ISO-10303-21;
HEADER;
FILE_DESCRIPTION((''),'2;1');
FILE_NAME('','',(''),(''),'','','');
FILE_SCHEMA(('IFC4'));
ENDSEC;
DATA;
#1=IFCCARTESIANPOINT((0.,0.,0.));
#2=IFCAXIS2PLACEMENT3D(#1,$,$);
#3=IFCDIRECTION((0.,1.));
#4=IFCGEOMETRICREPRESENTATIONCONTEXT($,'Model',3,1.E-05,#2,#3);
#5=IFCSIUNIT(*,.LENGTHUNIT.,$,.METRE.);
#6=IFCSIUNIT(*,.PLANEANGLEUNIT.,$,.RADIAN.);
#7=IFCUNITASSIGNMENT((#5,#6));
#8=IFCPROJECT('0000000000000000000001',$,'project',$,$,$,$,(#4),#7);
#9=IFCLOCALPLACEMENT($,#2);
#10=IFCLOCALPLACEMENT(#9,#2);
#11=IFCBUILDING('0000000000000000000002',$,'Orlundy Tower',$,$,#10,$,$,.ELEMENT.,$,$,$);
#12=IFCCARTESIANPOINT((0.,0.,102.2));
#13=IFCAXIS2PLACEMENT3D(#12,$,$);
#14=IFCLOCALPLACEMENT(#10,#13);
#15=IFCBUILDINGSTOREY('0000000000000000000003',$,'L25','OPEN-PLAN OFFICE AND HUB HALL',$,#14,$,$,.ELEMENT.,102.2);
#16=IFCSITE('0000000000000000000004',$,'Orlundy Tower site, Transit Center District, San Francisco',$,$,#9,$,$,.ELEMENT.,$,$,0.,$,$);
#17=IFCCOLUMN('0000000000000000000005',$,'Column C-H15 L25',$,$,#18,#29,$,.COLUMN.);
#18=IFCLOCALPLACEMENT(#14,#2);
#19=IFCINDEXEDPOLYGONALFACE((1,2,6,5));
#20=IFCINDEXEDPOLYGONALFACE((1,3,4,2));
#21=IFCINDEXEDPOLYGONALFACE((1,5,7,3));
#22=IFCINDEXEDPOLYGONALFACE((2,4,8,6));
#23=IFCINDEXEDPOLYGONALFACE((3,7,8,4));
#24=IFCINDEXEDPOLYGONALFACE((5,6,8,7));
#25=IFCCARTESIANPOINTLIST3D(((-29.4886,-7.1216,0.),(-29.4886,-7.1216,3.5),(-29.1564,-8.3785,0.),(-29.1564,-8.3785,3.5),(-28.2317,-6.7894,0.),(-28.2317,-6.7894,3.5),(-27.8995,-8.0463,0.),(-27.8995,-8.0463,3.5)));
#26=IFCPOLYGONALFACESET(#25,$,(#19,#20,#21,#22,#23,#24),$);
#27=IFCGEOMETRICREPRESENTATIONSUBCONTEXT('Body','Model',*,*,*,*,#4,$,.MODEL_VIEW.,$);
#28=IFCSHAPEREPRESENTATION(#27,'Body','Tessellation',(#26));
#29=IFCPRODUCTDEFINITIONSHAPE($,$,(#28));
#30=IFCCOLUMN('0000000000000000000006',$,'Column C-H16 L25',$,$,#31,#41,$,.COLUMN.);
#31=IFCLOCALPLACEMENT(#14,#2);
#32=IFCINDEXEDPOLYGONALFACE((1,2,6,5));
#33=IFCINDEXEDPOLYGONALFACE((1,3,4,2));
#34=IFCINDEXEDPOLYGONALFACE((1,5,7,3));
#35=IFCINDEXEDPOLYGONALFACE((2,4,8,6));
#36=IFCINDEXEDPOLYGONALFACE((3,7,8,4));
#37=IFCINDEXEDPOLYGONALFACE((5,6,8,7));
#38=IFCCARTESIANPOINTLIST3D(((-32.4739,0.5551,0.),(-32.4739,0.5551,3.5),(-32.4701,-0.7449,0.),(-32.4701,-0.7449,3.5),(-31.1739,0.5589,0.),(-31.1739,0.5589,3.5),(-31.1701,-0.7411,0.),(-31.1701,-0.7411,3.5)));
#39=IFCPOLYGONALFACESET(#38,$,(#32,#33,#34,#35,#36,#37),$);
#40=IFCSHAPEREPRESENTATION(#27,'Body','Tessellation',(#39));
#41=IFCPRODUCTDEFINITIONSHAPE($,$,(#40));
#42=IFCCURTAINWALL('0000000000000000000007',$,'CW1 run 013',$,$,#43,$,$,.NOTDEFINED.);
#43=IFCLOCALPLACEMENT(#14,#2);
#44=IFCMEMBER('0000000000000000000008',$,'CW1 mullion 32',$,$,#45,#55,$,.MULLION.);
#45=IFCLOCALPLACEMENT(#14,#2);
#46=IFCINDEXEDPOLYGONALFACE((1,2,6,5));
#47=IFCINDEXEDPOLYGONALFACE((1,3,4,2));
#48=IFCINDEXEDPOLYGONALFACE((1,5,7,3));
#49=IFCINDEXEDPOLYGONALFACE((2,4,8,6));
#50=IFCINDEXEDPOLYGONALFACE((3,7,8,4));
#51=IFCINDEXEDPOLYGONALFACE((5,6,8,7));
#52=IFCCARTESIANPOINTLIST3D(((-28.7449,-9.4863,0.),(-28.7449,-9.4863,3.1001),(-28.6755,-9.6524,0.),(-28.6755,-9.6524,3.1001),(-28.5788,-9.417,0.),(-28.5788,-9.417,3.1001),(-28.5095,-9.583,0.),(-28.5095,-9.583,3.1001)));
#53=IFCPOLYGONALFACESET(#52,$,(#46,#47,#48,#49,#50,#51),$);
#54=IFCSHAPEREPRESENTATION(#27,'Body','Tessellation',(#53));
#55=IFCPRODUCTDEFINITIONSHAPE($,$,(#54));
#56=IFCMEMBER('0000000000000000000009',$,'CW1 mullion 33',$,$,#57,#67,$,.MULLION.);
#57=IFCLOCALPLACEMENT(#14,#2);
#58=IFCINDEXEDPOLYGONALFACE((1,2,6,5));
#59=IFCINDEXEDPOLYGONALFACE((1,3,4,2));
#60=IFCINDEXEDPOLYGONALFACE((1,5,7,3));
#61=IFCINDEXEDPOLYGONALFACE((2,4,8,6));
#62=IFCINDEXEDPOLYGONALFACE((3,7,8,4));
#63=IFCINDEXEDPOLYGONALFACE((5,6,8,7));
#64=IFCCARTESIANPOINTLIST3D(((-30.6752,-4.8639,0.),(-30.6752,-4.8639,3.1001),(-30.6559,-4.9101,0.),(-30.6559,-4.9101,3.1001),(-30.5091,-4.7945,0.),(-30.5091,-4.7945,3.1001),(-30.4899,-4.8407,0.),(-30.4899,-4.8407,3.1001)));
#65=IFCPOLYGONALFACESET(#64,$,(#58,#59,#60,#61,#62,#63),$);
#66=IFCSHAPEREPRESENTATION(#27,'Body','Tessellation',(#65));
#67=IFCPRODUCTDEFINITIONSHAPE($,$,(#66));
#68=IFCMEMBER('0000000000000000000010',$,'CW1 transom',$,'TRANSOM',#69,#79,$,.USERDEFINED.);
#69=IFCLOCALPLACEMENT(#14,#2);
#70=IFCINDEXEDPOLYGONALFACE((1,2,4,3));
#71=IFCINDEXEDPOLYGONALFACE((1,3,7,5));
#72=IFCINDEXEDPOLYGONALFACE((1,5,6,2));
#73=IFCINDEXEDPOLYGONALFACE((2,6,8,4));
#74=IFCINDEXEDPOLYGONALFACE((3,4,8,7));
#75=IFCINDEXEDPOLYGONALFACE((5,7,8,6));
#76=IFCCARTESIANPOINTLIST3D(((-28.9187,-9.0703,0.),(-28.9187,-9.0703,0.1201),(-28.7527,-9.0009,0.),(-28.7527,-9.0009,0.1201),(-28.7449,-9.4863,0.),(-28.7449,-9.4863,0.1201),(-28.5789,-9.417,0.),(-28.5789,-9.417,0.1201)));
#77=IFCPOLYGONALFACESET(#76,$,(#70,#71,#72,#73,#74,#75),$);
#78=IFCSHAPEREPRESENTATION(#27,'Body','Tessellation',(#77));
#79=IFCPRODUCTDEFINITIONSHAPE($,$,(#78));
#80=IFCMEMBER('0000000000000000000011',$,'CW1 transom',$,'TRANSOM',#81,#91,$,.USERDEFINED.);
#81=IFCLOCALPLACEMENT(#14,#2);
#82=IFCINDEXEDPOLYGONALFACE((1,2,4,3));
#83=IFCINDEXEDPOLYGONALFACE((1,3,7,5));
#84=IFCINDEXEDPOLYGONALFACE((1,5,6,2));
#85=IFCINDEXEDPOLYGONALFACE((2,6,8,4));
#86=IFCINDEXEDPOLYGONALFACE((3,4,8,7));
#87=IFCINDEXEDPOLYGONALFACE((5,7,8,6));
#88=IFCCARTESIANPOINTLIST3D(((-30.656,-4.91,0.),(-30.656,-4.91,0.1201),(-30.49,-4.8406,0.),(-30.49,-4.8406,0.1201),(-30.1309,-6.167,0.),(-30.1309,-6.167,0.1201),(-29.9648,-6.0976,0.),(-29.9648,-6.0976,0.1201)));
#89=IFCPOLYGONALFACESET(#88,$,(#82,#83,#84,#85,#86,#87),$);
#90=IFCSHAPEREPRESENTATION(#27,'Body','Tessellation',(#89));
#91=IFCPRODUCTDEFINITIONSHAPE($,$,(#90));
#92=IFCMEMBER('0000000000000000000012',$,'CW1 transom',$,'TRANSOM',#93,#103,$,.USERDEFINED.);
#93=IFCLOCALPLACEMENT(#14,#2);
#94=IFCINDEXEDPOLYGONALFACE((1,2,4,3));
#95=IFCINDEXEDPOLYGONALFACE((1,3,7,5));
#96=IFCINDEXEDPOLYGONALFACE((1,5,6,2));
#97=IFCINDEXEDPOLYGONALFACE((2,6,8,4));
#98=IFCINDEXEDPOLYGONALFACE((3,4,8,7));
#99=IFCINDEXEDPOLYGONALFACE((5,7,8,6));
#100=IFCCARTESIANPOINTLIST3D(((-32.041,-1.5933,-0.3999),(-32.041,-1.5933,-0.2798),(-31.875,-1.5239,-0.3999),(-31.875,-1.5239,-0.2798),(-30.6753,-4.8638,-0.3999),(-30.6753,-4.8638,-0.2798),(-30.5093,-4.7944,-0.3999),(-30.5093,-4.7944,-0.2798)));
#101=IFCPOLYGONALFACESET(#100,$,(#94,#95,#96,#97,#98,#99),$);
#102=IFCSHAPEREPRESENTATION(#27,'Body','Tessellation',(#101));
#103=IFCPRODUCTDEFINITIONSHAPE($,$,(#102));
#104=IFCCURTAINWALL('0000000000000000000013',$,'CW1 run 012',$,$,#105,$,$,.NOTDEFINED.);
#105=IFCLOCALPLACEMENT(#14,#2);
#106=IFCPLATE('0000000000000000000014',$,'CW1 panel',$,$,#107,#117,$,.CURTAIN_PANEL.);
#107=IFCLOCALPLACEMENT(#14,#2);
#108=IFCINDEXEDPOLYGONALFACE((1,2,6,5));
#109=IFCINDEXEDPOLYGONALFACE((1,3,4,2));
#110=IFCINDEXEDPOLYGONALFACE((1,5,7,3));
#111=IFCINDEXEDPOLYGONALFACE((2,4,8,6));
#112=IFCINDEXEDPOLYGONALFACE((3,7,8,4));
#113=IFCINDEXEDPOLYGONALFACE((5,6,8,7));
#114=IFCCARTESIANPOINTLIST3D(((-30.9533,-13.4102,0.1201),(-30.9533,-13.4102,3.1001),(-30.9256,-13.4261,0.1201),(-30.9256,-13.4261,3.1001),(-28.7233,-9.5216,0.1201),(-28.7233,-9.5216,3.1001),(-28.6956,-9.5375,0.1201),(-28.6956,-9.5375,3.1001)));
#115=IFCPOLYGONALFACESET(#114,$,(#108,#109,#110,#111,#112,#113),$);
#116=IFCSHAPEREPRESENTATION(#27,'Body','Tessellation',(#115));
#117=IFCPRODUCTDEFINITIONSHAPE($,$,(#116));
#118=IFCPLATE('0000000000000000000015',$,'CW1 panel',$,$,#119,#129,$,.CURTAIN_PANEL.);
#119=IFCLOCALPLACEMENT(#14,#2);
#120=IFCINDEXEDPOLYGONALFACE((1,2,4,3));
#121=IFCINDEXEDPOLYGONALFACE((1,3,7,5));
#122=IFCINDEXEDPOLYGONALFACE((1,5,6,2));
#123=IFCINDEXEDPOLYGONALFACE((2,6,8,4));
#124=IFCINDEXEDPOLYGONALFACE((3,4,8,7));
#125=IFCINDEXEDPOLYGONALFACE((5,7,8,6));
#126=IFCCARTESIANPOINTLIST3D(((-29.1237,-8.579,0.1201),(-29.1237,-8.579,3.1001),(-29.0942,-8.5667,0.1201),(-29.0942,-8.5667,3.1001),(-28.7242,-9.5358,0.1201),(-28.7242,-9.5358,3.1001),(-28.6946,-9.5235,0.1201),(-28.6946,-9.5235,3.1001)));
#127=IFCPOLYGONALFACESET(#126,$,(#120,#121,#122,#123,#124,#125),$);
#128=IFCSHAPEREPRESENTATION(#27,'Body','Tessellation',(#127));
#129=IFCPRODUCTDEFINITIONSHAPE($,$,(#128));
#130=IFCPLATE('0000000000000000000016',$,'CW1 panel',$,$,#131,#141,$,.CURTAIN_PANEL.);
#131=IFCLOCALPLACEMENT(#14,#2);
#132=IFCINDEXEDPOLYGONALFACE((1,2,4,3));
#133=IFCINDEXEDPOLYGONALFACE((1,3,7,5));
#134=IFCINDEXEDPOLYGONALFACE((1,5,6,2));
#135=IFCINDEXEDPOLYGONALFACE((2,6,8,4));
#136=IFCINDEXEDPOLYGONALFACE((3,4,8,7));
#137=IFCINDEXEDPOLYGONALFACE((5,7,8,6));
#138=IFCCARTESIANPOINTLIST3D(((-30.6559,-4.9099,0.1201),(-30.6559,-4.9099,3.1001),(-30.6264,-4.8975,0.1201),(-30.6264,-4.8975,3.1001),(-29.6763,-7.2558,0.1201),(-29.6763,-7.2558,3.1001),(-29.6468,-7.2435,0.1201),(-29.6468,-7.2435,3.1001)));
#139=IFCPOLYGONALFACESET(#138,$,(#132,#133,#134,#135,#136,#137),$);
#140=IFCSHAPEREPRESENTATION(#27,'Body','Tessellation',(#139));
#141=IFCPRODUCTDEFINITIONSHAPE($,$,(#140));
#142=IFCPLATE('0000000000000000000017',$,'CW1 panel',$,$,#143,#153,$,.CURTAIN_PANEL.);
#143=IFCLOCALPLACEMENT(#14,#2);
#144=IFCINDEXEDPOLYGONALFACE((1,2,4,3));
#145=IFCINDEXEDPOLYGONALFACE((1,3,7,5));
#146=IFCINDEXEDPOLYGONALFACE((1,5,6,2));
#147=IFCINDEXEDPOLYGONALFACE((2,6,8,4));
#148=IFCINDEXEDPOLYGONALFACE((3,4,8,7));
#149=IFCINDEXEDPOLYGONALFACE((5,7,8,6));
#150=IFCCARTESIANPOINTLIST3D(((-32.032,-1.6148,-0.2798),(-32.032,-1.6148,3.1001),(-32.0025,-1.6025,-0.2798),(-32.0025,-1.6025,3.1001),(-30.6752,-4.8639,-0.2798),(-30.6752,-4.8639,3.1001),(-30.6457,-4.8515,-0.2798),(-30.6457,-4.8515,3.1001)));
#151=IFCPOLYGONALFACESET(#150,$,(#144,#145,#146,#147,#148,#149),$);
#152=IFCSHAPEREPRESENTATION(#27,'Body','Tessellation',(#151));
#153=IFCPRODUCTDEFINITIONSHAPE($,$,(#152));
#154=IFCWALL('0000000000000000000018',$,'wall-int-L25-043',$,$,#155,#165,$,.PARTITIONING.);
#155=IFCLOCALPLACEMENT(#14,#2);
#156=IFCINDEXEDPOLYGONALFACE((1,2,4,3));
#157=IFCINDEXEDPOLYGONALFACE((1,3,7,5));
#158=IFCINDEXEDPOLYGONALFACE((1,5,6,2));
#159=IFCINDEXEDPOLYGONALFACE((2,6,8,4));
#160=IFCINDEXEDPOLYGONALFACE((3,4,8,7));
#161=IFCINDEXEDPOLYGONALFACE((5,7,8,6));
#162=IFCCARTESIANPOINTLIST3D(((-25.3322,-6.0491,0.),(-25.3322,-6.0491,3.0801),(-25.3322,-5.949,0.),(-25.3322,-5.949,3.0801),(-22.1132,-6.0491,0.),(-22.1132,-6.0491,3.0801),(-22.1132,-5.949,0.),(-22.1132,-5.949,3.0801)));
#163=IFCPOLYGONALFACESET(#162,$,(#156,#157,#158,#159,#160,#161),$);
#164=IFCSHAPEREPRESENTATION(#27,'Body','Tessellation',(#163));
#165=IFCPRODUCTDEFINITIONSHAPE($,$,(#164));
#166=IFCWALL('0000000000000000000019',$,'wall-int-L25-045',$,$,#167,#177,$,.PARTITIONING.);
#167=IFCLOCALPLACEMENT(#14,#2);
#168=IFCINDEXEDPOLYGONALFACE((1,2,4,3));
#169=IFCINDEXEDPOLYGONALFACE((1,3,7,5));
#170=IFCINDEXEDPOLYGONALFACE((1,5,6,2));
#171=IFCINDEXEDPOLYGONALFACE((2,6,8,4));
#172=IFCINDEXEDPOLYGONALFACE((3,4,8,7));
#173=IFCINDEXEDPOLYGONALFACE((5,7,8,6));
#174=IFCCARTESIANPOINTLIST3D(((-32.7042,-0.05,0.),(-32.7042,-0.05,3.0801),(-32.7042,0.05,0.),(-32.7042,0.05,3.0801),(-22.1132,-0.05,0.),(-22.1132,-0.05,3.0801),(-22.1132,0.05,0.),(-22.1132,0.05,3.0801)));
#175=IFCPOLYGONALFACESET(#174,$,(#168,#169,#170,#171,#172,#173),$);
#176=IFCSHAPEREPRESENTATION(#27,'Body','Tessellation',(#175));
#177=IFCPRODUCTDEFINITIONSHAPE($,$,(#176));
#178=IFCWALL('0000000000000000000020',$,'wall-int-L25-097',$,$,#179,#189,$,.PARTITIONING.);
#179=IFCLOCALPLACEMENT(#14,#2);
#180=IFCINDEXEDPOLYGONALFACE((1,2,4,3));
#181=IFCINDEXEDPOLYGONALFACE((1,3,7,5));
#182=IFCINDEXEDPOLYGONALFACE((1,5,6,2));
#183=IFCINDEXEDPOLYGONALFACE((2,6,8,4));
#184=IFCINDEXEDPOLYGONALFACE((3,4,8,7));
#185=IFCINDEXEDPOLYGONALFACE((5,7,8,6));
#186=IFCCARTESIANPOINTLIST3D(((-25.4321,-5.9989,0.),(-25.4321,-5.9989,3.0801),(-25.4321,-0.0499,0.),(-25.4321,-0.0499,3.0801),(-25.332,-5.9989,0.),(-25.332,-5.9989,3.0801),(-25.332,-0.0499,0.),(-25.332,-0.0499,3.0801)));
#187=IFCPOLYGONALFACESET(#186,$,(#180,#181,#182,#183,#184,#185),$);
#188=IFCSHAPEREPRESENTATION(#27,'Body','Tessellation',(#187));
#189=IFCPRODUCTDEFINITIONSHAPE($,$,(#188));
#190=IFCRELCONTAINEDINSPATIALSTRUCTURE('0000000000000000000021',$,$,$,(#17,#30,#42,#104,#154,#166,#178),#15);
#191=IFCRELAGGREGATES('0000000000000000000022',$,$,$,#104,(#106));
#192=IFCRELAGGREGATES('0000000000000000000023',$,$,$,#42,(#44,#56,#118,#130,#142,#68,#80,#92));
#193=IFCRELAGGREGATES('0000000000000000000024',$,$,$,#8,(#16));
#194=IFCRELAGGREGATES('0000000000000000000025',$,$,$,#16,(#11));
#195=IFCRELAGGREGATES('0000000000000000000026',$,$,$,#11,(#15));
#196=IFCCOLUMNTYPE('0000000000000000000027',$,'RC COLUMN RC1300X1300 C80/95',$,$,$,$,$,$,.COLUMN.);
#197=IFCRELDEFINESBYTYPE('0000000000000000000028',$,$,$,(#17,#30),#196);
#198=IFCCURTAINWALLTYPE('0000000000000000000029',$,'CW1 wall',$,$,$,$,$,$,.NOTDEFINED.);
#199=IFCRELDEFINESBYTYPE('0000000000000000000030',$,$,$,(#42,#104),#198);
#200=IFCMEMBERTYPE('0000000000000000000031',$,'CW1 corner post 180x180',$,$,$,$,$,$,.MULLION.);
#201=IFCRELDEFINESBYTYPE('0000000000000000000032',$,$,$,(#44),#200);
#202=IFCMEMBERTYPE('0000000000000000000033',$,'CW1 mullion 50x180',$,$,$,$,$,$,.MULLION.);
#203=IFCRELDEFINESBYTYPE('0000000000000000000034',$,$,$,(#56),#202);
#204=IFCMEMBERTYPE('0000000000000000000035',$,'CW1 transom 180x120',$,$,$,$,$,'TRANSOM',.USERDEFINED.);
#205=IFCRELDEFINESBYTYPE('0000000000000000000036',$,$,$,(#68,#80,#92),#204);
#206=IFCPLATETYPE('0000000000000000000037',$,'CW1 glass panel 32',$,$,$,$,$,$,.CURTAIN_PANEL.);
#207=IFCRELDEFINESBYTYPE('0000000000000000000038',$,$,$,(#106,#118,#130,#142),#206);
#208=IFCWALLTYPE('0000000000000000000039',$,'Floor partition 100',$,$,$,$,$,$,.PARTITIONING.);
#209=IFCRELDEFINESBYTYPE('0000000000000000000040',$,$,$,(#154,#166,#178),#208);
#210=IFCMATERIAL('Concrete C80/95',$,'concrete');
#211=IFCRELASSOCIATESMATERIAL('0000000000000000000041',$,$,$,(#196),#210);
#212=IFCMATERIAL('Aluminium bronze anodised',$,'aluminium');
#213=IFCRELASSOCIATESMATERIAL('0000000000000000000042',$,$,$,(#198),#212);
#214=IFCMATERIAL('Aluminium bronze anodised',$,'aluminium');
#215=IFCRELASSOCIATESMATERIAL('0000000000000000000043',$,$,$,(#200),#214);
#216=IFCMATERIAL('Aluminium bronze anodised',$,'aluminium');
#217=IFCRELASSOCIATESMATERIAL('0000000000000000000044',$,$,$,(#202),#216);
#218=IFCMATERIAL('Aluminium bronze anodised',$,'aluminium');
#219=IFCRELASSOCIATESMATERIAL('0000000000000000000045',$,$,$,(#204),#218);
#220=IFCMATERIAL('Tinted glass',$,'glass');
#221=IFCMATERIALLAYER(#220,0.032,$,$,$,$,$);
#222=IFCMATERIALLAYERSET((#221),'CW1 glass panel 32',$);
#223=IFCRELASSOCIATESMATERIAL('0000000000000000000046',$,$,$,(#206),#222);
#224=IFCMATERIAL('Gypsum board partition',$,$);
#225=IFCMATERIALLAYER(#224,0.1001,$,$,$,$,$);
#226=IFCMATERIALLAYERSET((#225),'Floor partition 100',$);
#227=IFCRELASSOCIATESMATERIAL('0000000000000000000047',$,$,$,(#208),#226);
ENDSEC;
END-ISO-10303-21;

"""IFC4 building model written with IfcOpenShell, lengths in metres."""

from ifc_helpers import new_model, si_unit, direction, frame, frame_2d, origin, origin_2d, place, context, subcontext, project, spatial, rectangle, extrude, material, layer, layer_set, material_profile, profile_set, type_object, element, aggregate, save


model = new_model("IFC4")

# Units and contexts
model_context = context("Model", 3, precision=1e-05, world=origin(), true_north=direction((0.0, 1.0)))
body_context = subcontext(model_context, "Body", "Model", "MODEL_VIEW")
ifc_project = project(units=[si_unit("LENGTHUNIT", "METRE"), si_unit("PLANEANGLEUNIT", "RADIAN")], contexts=[model_context])

# Site, building, storey
site_placement = place(None, origin())
site = spatial("IfcSite", under=ifc_project, at=site_placement, Name="Orlundy Tower site, Transit Center District, San Francisco", CompositionType="ELEMENT", RefElevation=0.0)
building_placement = place(site_placement, origin())
building = spatial("IfcBuilding", under=site, at=building_placement, Name="Orlundy Tower", CompositionType="ELEMENT")
storey_placement = place(building_placement, frame((0.0, 0.0, 102.2)))
storey = spatial("IfcBuildingStorey", under=building, at=storey_placement, Name="L25", Description="OPEN-PLAN OFFICE AND HUB HALL", CompositionType="ELEMENT", Elevation=102.2)

# Columns
ifc_material_1 = material(Name="Concrete C80/95", Category="concrete")
ifc_material_profile_1 = material_profile(ifc_material_1, rectangle(XDim=1.3, YDim=1.3, at=origin_2d()), Name="RC1300X1300")
ifc_profile_set_1 = profile_set([ifc_material_profile_1], Name="Concrete C80/95")
column_type = type_object("IfcColumnType", Name="RC COLUMN RC1300X1300 C80/95", PredefinedType="COLUMN", material=ifc_profile_set_1)
for number, where, z_axis, x_axis, name in (
    (1, (-28.6941, -7.584, 0.0), (0.0, 0.0, 1.0), (-0.966801, -0.25553, 0.0), "Column C-H15 L25"),
    (2, (-31.822, -0.093, 0.0), (0.0, 0.0, 1.0), (-0.999996, -0.002915, 0.0), "Column C-H16 L25"),
):
    element("IfcColumn", number, at=place(storey_placement, frame(where, z_axis=z_axis, x_axis=x_axis)), inside=storey, type_object=column_type, Name=name, PredefinedType="COLUMN", context=body_context, shape_type="SweptSolid", body=[
        extrude(rectangle(XDim=1.3, YDim=1.3, at=origin_2d()), origin(), (0.0, 0.0, 1.0), 3.5),
    ])

# Curtain wall, members
ifc_material_2 = material(Name="Aluminium bronze anodised", Category="aluminium")
curtain_wall_type = type_object("IfcCurtainWallType", Name="CW1 wall", PredefinedType="NOTDEFINED", material=ifc_material_2)
curtain_wall_1_placement = place(storey_placement, origin())
curtain_wall_1 = element("IfcCurtainWall", 3, at=curtain_wall_1_placement, inside=storey, type_object=curtain_wall_type, Name="CW1 run 013", PredefinedType="NOTDEFINED")
ifc_material_3 = material(Name="Aluminium bronze anodised", Category="aluminium")
ifc_material_profile_2 = material_profile(ifc_material_3, rectangle(XDim=0.1799, YDim=0.1799, at=origin_2d()), Name="CW1 corner post 180x180")
ifc_profile_set_2 = profile_set([ifc_material_profile_2], Name="Aluminium bronze anodised")
member_type_1 = type_object("IfcMemberType", Name="CW1 corner post 180x180", PredefinedType="MULLION", material=ifc_profile_set_2)
member_1_placement = place(storey_placement, frame((-28.6272, -9.5347, 0.0), z_axis=(0.0, 0.0, 1.0), x_axis=(-0.922773, -0.385344, 0.0)))
member_1 = element("IfcMember", 4, at=member_1_placement, type_object=member_type_1, Name="CW1 mullion 32", PredefinedType="MULLION", context=body_context, shape_type="SweptSolid", body=[
    extrude(rectangle(XDim=0.1799, YDim=0.1799, at=origin_2d()), origin(), (0.0, 0.0, 1.0), 3.1001),
])
ifc_material_4 = material(Name="Aluminium bronze anodised", Category="aluminium")
ifc_material_profile_3 = material_profile(ifc_material_4, rectangle(XDim=0.1799, YDim=0.05, at=origin_2d()), Name="CW1 mullion 50x180")
ifc_profile_set_3 = profile_set([ifc_material_profile_3], Name="Aluminium bronze anodised")
member_type_2 = type_object("IfcMemberType", Name="CW1 mullion 50x180", PredefinedType="MULLION", material=ifc_profile_set_3)
member_2_placement = place(storey_placement, frame((-30.5825, -4.8523, 0.0), z_axis=(0.0, 0.0, 1.0), x_axis=(-0.922773, -0.385344, 0.0)))
member_2 = element("IfcMember", 5, at=member_2_placement, type_object=member_type_2, Name="CW1 mullion 33", PredefinedType="MULLION", context=body_context, shape_type="SweptSolid", body=[
    extrude(rectangle(XDim=0.1799, YDim=0.05, at=origin_2d()), origin(), (0.0, 0.0, 1.0), 3.1001),
])
ifc_material_5 = material(Name="Aluminium bronze anodised", Category="aluminium")
ifc_material_profile_4 = material_profile(ifc_material_5, rectangle(XDim=0.1799, YDim=0.1201, at=origin_2d()), Name="CW1 transom 180x120")
ifc_profile_set_4 = profile_set([ifc_material_profile_4], Name="Aluminium bronze anodised")
member_type_3 = type_object("IfcMemberType", Name="CW1 transom 180x120", ElementType="TRANSOM", PredefinedType="USERDEFINED", material=ifc_profile_set_4)
member_3_placement = place(storey_placement, frame((-28.6619, -9.4517, 0.0601), z_axis=(-0.385538, 0.922692, 0.0), x_axis=(-0.922692, -0.385538, 0.0)))
member_3 = element("IfcMember", 6, at=member_3_placement, type_object=member_type_3, Name="CW1 transom", ObjectType="TRANSOM", PredefinedType="USERDEFINED", context=body_context, shape_type="SweptSolid", body=[
    extrude(rectangle(XDim=0.1799, YDim=0.1201, at=origin_2d()), origin(), (0.0, 0.0, 1.0), 0.4509),
])
member_4_placement = place(storey_placement, frame((-30.0479, -6.1323, 0.0601), z_axis=(-0.385468, 0.922721, 0.0), x_axis=(-0.922721, -0.385468, 0.0)))
member_4 = element("IfcMember", 7, at=member_4_placement, type_object=member_type_3, Name="CW1 transom", ObjectType="TRANSOM", PredefinedType="USERDEFINED", context=body_context, shape_type="SweptSolid", body=[
    extrude(rectangle(XDim=0.1799, YDim=0.1201, at=origin_2d()), origin(), (0.0, 0.0, 1.0), 1.3623),
])
member_5_placement = place(storey_placement, frame((-30.5923, -4.8291, -0.3398), z_axis=(-0.385339, 0.922775, 0.0), x_axis=(-0.922775, -0.385339, 0.0)))
member_5 = element("IfcMember", 8, at=member_5_placement, type_object=member_type_3, Name="CW1 transom", ObjectType="TRANSOM", PredefinedType="USERDEFINED", context=body_context, shape_type="SweptSolid", body=[
    extrude(rectangle(XDim=0.1799, YDim=0.1201, at=origin_2d()), origin(), (0.0, 0.0, 1.0), 3.5442),
])

# Curtain wall, plate
curtain_wall_2_placement = place(storey_placement, origin())
curtain_wall_2 = element("IfcCurtainWall", 9, at=curtain_wall_2_placement, inside=storey, type_object=curtain_wall_type, Name="CW1 run 012", PredefinedType="NOTDEFINED")
ifc_material_6 = material(Name="Tinted glass", Category="glass")
ifc_layer_1 = layer(ifc_material_6, 0.032)
ifc_layer_set_1 = layer_set([ifc_layer_1], Name="CW1 glass panel 32")
plate_type = type_object("IfcPlateType", Name="CW1 glass panel 32", PredefinedType="CURTAIN_PANEL", material=ifc_layer_set_1)
plate_1_placement = place(storey_placement, frame((-29.8245, -11.4739, 0.1201), z_axis=(0.0, 0.0, 1.0), x_axis=(0.497468, 0.867482, 0.0)))
plate_1 = element("IfcPlate", 10, at=plate_1_placement, type_object=plate_type, Name="CW1 panel", PredefinedType="CURTAIN_PANEL", context=body_context, shape_type="SweptSolid", body=[
    extrude(rectangle(XDim=4.4827, YDim=0.032, at=origin_2d()), origin(), (0.0, 0.0, 1.0), 2.98),
])
aggregate(curtain_wall_2, [plate_1])

# Plates
plate_2_placement = place(storey_placement, frame((-28.9092, -9.0513, 0.1201), z_axis=(0.0, 0.0, 1.0), x_axis=(-0.385344, 0.922773, 0.0)))
plate_2 = element("IfcPlate", 11, at=plate_2_placement, type_object=plate_type, Name="CW1 panel", PredefinedType="CURTAIN_PANEL", context=body_context, shape_type="SweptSolid", body=[
    extrude(rectangle(XDim=1.0369, YDim=0.032, at=origin_2d()), origin(), (0.0, 0.0, 1.0), 2.98),
])
plate_3_placement = place(storey_placement, frame((-30.1514, -6.0767, 0.1201), z_axis=(0.0, 0.0, 1.0), x_axis=(-0.385344, 0.922773, 0.0)))
plate_3 = element("IfcPlate", 12, at=plate_3_placement, type_object=plate_type, Name="CW1 panel", PredefinedType="CURTAIN_PANEL", context=body_context, shape_type="SweptSolid", body=[
    extrude(rectangle(XDim=2.5422, YDim=0.032, at=origin_2d()), origin(), (0.0, 0.0, 1.0), 2.98),
])
plate_4_placement = place(storey_placement, frame((-31.3389, -3.2332, -0.2798), z_axis=(0.0, 0.0, 1.0), x_axis=(-0.385344, 0.922773, 0.0)))
plate_4 = element("IfcPlate", 13, at=plate_4_placement, type_object=plate_type, Name="CW1 panel", PredefinedType="CURTAIN_PANEL", context=body_context, shape_type="SweptSolid", body=[
    extrude(rectangle(XDim=3.521, YDim=0.032, at=origin_2d()), origin(), (0.0, 0.0, 1.0), 3.3799),
])
aggregate(curtain_wall_1, [member_1, member_2, plate_2, plate_3, plate_4, member_3, member_4, member_5])

# Walls
ifc_material_7 = material(Name="Gypsum board partition")
ifc_layer_2 = layer(ifc_material_7, 0.1001)
ifc_layer_set_2 = layer_set([ifc_layer_2], Name="Floor partition 100")
wall_type = type_object("IfcWallType", Name="Floor partition 100", PredefinedType="PARTITIONING", material=ifc_layer_set_2)
wall_1_placement = place(storey_placement, frame((-25.332, -5.999, 0.0), z_axis=(0.0, 0.0, 1.0), x_axis=(1.0, 0.0, 0.0)))
element("IfcWall", 14, at=wall_1_placement, inside=storey, type_object=wall_type, Name="wall-int-L25-043", PredefinedType="PARTITIONING", context=body_context, shape_type="SweptSolid", body=[
    extrude(rectangle(XDim=3.219, YDim=0.1001, at=frame_2d((1.6094, 0.0))), origin(), (0.0, 0.0, 1.0), 3.0801),
])
wall_2_placement = place(storey_placement, frame((-32.7041, 0.0, 0.0), z_axis=(0.0, 0.0, 1.0), x_axis=(1.0, 0.0, 0.0)))
element("IfcWall", 15, at=wall_2_placement, inside=storey, type_object=wall_type, Name="wall-int-L25-045", PredefinedType="PARTITIONING", context=body_context, shape_type="SweptSolid", body=[
    extrude(rectangle(XDim=10.5911, YDim=0.1001, at=frame_2d((5.2954, 0.0))), origin(), (0.0, 0.0, 1.0), 3.0801),
])
wall_3_placement = place(storey_placement, frame((-25.3821, -5.999, 0.0), z_axis=(0.0, 0.0, 1.0), x_axis=(0.0, 1.0, 0.0)))
element("IfcWall", 16, at=wall_3_placement, inside=storey, type_object=wall_type, Name="wall-int-L25-097", PredefinedType="PARTITIONING", context=body_context, shape_type="SweptSolid", body=[
    extrude(rectangle(XDim=5.949, YDim=0.1001, at=frame_2d((2.9746, 0.0))), origin(), (0.0, 0.0, 1.0), 3.0801),
])

save(model, "model.ifc")
